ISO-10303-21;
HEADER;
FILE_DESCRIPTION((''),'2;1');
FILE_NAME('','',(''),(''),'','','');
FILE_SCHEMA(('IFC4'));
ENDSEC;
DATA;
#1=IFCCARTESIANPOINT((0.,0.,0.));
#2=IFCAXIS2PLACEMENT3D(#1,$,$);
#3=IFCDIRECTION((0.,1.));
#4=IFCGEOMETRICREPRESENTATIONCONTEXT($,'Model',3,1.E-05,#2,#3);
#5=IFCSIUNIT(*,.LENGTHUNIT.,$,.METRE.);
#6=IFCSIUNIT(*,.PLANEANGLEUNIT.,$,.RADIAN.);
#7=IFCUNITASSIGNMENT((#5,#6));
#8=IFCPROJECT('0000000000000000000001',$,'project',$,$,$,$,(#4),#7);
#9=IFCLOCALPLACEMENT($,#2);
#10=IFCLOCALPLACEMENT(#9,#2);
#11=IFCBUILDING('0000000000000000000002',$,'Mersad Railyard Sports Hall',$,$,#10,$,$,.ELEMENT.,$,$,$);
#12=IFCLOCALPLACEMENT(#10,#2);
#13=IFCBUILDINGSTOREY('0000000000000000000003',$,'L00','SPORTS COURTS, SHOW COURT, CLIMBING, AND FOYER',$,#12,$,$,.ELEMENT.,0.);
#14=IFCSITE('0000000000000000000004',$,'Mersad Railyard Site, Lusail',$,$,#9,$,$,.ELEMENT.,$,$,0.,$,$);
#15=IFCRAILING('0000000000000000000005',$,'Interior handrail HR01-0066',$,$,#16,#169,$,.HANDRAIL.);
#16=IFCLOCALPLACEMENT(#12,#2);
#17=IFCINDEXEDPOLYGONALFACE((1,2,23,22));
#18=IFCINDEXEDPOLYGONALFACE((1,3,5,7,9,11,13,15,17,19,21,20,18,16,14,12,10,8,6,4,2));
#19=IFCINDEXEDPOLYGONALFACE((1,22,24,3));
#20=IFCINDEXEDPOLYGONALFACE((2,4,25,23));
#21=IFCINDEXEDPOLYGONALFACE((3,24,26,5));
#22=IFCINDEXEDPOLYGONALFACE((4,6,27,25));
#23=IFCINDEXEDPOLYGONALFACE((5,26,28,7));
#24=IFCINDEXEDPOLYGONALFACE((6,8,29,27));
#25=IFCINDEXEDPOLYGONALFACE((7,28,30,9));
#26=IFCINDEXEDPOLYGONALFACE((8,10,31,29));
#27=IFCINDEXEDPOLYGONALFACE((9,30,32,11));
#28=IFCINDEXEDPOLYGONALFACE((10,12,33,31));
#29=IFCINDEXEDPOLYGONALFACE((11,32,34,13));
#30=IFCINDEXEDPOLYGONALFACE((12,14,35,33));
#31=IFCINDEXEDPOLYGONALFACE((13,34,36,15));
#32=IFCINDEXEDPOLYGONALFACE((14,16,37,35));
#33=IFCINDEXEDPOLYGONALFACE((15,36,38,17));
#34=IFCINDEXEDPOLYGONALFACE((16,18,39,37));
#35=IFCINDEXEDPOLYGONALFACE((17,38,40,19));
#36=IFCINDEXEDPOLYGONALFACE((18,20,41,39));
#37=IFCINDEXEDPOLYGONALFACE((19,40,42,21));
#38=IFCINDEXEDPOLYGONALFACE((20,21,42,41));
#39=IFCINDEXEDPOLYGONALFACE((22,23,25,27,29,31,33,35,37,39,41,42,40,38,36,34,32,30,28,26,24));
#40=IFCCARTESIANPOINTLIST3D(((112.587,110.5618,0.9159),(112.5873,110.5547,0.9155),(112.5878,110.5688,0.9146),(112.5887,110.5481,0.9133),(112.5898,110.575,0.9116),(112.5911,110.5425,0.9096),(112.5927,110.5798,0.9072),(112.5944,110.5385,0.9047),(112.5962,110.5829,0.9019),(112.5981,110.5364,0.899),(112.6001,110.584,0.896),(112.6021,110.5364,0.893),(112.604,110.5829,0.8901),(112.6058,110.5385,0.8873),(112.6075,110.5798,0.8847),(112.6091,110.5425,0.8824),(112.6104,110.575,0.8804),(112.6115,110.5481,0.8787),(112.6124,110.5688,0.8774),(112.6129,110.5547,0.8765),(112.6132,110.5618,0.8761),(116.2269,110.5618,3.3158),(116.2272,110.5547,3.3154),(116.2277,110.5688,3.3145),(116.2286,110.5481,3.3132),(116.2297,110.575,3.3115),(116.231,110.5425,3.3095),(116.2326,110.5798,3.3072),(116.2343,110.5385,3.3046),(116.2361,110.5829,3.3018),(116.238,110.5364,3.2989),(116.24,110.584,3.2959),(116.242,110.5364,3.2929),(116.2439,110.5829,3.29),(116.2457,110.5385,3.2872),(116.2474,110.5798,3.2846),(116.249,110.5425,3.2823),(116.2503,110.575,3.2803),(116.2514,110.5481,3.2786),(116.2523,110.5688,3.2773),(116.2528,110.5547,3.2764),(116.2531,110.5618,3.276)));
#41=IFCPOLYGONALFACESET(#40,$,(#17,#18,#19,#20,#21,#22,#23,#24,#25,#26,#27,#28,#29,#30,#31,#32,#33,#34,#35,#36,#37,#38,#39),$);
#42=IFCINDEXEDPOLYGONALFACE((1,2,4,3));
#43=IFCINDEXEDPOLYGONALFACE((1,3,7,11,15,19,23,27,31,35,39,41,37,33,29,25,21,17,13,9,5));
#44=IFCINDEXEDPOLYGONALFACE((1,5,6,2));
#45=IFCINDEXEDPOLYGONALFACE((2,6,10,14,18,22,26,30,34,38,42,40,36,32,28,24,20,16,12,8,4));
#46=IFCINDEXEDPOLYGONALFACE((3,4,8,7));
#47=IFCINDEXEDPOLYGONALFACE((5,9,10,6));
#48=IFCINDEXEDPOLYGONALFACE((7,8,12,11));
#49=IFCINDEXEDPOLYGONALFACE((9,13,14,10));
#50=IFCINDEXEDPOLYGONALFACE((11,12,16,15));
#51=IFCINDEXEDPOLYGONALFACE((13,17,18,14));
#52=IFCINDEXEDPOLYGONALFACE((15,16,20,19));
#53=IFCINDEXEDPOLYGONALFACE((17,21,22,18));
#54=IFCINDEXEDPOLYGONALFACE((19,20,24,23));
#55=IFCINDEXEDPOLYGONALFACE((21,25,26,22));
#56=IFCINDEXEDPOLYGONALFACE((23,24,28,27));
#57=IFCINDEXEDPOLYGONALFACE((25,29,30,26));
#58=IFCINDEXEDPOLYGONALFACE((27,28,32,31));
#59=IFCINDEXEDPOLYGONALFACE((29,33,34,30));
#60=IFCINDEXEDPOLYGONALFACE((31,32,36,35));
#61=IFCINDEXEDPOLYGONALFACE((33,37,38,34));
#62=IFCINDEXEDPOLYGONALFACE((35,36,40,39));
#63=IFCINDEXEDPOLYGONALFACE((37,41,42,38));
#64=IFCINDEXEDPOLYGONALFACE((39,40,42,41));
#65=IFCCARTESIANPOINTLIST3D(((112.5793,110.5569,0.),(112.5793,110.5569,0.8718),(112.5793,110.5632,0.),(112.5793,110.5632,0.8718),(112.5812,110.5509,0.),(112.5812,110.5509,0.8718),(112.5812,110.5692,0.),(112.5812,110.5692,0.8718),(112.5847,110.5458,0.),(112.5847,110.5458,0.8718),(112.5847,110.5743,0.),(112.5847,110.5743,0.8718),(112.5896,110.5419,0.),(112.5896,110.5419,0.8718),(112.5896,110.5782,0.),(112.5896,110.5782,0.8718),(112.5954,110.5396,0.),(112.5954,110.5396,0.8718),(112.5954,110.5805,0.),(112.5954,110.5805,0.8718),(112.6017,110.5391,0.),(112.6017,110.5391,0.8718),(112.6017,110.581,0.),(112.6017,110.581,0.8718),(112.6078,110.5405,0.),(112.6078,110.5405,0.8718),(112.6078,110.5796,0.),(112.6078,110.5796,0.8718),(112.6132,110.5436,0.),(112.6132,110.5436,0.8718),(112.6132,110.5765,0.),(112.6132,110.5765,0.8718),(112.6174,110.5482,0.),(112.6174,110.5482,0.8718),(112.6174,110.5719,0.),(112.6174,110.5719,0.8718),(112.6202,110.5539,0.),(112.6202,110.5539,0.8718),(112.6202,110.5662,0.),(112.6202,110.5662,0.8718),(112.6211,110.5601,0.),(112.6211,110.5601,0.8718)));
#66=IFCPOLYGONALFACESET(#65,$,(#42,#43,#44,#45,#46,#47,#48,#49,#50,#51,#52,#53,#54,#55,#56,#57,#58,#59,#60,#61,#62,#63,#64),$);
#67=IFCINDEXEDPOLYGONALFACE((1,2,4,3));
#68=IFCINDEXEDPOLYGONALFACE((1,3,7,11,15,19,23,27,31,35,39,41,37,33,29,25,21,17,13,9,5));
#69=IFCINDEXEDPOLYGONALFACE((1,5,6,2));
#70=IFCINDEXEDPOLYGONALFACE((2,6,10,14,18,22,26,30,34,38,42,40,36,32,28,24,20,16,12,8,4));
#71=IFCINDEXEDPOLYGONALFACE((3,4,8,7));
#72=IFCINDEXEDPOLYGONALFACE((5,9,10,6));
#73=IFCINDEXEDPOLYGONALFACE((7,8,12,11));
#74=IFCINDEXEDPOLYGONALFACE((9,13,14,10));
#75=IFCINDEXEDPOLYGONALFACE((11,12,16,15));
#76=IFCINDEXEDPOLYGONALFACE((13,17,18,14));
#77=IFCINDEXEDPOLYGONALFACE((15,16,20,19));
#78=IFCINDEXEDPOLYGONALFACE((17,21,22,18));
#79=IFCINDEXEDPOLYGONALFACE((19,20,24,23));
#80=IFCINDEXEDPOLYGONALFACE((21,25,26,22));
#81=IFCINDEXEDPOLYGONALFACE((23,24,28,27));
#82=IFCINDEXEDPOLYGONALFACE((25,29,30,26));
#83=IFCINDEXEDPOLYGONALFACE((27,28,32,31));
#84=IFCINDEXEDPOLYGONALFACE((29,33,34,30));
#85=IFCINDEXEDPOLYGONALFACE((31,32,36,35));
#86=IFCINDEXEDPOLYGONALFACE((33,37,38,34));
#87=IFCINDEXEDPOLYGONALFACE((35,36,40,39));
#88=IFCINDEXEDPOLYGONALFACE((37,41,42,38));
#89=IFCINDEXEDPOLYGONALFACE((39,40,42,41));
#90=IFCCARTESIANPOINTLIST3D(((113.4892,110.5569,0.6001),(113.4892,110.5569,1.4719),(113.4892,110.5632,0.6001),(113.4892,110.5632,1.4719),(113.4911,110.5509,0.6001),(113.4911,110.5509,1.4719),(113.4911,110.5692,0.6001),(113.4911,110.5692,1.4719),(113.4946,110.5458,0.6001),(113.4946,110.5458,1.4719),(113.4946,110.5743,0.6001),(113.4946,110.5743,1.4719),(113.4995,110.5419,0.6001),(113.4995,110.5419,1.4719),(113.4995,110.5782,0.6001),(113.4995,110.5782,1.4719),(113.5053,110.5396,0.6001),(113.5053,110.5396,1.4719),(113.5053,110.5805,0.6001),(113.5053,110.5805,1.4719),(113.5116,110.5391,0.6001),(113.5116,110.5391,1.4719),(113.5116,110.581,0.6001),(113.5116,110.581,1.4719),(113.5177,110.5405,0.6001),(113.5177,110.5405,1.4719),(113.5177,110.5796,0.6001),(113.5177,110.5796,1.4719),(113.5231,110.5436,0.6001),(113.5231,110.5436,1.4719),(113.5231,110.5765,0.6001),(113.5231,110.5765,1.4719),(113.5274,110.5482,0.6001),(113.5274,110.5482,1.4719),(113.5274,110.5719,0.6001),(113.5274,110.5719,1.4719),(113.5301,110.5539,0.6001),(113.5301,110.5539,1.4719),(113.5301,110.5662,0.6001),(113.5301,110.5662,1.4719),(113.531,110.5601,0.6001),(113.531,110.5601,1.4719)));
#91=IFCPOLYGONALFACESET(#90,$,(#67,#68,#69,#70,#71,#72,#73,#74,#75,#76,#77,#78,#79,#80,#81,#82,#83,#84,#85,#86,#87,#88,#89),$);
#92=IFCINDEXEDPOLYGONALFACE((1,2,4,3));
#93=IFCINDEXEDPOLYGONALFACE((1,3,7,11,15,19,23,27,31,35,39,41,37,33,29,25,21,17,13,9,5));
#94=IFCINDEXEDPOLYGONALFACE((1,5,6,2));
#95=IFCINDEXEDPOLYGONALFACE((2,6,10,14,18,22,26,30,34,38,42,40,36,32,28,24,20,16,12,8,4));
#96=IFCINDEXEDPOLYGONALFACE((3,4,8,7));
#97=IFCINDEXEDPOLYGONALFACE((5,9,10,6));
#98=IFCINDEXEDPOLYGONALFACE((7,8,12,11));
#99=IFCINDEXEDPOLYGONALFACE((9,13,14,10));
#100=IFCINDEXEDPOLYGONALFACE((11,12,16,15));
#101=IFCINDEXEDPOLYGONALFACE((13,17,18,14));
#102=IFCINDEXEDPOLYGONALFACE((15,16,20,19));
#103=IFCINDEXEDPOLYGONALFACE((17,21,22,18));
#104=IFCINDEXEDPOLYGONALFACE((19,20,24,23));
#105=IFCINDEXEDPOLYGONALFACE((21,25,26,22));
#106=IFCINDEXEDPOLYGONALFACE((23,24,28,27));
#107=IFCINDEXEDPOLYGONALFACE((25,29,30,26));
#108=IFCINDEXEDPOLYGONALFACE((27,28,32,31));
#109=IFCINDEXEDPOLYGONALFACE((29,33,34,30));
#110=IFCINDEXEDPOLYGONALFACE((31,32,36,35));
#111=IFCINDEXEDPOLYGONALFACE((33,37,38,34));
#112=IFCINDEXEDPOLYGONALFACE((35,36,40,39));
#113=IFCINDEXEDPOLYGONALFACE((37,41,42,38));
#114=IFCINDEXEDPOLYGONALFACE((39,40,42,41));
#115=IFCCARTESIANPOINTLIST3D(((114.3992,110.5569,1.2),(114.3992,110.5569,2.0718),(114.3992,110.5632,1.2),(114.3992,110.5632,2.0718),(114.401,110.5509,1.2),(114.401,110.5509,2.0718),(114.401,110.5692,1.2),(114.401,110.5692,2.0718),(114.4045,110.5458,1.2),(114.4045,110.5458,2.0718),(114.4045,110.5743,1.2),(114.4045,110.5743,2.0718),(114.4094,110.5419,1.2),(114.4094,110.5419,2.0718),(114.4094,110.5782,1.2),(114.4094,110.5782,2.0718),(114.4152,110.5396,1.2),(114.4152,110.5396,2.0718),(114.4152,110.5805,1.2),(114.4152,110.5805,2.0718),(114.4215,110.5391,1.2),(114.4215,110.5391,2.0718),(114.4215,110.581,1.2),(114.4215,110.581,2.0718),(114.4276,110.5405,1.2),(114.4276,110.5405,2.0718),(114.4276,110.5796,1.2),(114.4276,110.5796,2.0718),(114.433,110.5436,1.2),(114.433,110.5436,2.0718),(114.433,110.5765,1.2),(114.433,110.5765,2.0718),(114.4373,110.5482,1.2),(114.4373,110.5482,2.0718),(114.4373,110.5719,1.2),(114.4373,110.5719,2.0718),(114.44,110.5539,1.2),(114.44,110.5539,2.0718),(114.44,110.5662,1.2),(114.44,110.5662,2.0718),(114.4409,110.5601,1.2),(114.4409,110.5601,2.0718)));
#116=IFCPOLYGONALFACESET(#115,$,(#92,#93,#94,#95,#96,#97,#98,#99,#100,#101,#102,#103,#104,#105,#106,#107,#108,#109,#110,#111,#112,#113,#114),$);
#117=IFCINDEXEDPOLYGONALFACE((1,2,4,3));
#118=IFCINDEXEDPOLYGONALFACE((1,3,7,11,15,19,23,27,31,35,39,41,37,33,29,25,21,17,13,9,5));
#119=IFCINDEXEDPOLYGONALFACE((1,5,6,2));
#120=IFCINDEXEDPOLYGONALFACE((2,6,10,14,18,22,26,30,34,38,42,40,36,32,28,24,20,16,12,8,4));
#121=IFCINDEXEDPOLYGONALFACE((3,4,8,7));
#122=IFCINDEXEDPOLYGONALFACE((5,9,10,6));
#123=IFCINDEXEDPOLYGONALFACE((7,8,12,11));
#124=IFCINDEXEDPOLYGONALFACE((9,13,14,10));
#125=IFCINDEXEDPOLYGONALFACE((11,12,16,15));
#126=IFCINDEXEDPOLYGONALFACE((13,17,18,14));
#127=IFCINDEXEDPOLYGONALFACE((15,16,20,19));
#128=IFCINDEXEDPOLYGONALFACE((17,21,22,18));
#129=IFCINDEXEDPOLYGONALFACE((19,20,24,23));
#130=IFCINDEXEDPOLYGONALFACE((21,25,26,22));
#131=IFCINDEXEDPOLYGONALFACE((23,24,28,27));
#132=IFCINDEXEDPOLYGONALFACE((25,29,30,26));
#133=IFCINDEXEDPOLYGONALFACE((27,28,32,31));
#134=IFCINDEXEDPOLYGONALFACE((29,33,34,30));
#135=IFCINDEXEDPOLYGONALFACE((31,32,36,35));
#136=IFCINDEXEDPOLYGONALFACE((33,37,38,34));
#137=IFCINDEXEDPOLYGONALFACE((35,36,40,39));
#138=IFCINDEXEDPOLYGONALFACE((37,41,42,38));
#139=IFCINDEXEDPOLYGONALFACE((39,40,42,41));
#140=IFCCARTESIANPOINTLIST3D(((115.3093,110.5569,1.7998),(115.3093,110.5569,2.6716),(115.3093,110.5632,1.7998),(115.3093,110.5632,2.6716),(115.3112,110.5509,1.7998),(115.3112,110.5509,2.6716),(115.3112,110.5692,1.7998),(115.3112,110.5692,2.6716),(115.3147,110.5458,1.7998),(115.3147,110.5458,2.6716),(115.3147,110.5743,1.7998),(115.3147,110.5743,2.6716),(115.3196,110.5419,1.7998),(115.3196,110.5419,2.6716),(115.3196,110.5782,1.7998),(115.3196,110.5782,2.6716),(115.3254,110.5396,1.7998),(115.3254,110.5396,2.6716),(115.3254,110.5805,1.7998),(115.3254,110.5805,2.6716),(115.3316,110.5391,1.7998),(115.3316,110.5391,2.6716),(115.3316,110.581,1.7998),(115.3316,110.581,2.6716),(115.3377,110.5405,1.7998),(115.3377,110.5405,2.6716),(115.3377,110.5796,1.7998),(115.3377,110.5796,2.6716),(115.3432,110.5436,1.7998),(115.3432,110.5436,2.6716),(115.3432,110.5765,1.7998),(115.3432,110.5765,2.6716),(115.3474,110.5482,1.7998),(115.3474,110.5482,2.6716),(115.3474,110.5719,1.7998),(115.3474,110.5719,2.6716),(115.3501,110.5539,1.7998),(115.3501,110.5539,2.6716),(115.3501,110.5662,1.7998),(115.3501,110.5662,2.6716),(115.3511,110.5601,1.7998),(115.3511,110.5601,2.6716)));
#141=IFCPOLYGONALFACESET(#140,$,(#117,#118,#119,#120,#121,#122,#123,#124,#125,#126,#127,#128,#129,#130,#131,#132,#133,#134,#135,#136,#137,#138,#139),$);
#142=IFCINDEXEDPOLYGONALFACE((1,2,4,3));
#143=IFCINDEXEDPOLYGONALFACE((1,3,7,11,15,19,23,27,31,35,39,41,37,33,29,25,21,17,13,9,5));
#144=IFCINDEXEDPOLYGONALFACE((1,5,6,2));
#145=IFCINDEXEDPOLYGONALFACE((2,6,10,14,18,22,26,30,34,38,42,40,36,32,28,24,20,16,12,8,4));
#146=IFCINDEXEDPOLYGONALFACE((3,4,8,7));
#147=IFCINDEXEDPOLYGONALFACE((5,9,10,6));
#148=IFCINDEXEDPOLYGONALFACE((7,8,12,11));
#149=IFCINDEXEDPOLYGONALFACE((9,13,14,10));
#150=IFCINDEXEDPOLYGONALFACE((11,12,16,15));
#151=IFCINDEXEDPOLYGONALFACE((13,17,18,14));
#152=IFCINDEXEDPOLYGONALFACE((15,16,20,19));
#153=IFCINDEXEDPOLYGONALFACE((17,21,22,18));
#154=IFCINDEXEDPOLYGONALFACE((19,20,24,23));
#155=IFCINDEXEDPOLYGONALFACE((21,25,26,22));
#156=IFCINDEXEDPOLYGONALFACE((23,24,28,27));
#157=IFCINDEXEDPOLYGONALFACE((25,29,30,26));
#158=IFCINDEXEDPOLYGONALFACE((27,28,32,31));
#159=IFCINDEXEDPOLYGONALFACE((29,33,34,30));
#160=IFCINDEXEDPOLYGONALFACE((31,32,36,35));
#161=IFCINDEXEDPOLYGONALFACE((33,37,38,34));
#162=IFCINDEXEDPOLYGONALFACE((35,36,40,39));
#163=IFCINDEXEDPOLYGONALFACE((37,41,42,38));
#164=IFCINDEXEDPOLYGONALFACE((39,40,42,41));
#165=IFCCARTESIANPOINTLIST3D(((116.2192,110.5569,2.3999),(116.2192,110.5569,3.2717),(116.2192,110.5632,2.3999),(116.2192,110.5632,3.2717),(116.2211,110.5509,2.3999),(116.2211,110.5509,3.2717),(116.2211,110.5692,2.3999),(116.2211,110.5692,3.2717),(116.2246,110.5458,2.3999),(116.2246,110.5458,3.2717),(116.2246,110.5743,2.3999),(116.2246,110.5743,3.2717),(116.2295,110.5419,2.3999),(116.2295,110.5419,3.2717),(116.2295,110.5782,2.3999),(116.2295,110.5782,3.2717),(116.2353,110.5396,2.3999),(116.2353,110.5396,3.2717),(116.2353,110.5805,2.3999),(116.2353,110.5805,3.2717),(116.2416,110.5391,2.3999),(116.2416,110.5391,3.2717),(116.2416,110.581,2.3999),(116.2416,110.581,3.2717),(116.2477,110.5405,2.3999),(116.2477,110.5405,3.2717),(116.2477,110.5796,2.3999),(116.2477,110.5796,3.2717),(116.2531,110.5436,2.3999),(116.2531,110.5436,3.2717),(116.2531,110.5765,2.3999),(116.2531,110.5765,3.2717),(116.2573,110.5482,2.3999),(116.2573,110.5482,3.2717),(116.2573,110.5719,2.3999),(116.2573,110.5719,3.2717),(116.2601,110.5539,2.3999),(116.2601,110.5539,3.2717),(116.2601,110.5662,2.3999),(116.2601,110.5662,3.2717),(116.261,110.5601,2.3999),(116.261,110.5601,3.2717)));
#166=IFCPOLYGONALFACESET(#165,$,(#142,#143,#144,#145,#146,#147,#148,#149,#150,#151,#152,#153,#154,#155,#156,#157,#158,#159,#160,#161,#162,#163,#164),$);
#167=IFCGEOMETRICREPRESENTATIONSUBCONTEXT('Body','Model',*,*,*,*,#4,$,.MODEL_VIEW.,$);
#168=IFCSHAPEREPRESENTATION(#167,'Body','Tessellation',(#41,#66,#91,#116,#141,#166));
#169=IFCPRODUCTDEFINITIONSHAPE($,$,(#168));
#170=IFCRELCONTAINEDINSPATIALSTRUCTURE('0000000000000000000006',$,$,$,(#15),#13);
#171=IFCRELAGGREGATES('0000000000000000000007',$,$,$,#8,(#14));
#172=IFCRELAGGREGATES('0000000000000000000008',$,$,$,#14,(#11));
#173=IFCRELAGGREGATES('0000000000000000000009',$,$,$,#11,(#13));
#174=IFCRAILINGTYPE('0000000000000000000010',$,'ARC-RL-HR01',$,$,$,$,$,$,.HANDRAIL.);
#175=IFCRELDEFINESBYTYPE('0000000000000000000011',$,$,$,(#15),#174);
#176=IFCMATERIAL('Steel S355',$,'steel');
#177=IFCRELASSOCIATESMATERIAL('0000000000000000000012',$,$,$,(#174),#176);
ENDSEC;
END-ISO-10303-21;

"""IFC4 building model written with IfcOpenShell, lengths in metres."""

from ifc_helpers import new_model, si_unit, direction, frame, origin, origin_2d, place, context, subcontext, project, spatial, circle, extrude, material, type_object, element, save


model = new_model("IFC4")

# Units and contexts
model_context = context("Model", 3, precision=1e-05, world=origin(), true_north=direction((0.0, 1.0)))
body_context = subcontext(model_context, "Body", "Model", "MODEL_VIEW")
ifc_project = project(units=[si_unit("LENGTHUNIT", "METRE"), si_unit("PLANEANGLEUNIT", "RADIAN")], contexts=[model_context])

# Site, building, storey
site_placement = place(None, origin())
site = spatial("IfcSite", under=ifc_project, at=site_placement, Name="Mersad Railyard Site, Lusail", CompositionType="ELEMENT", RefElevation=0.0)
building_placement = place(site_placement, origin())
building = spatial("IfcBuilding", under=site, at=building_placement, Name="Mersad Railyard Sports Hall", CompositionType="ELEMENT")
storey_placement = place(building_placement, origin())
storey = spatial("IfcBuildingStorey", under=building, at=storey_placement, Name="L00", Description="SPORTS COURTS, SHOW COURT, CLIMBING, AND FOYER", CompositionType="ELEMENT", Elevation=0.0)

# Shared definitions
ifc_material_1 = material(Name="Steel S355", Category="steel")

# Railing
railing_type_1 = type_object("IfcRailingType", Name="ARC-RL-HR01", PredefinedType="HANDRAIL", material=ifc_material_1)
railing_1_placement = place(storey_placement, frame((112.6001, 110.5601, 0.0)))
element("IfcRailing", 1, at=railing_1_placement, inside=storey, type_object=railing_type_1, Name="Interior handrail HR01-0066", PredefinedType="HANDRAIL", context=body_context, shape_type="SweptSolid", body=[
    extrude(circle(Radius=0.0239, at=origin_2d()), frame((0.0, 0.0, 0.896), z_axis=(0.834865, 0.0, 0.550454), x_axis=(0.0, 1.0, 0.0)), (0.0, 0.0, 1.0), 4.3599),
    extrude(circle(Radius=0.021, at=origin_2d()), origin(), (0.0, 0.0, 1.0), 0.8718),
    extrude(circle(Radius=0.021, at=origin_2d()), frame((0.9099, 0.0, 0.6001)), (0.0, 0.0, 1.0), 0.8718),
    extrude(circle(Radius=0.021, at=origin_2d()), frame((1.8198, 0.0, 1.2)), (0.0, 0.0, 1.0), 0.8718),
    extrude(circle(Radius=0.021, at=origin_2d()), frame((2.73, 0.0, 1.7998)), (0.0, 0.0, 1.0), 0.8718),
    extrude(circle(Radius=0.021, at=origin_2d()), frame((3.6399, 0.0, 2.3999)), (0.0, 0.0, 1.0), 0.8718),
])

save(model, "model.ifc")
